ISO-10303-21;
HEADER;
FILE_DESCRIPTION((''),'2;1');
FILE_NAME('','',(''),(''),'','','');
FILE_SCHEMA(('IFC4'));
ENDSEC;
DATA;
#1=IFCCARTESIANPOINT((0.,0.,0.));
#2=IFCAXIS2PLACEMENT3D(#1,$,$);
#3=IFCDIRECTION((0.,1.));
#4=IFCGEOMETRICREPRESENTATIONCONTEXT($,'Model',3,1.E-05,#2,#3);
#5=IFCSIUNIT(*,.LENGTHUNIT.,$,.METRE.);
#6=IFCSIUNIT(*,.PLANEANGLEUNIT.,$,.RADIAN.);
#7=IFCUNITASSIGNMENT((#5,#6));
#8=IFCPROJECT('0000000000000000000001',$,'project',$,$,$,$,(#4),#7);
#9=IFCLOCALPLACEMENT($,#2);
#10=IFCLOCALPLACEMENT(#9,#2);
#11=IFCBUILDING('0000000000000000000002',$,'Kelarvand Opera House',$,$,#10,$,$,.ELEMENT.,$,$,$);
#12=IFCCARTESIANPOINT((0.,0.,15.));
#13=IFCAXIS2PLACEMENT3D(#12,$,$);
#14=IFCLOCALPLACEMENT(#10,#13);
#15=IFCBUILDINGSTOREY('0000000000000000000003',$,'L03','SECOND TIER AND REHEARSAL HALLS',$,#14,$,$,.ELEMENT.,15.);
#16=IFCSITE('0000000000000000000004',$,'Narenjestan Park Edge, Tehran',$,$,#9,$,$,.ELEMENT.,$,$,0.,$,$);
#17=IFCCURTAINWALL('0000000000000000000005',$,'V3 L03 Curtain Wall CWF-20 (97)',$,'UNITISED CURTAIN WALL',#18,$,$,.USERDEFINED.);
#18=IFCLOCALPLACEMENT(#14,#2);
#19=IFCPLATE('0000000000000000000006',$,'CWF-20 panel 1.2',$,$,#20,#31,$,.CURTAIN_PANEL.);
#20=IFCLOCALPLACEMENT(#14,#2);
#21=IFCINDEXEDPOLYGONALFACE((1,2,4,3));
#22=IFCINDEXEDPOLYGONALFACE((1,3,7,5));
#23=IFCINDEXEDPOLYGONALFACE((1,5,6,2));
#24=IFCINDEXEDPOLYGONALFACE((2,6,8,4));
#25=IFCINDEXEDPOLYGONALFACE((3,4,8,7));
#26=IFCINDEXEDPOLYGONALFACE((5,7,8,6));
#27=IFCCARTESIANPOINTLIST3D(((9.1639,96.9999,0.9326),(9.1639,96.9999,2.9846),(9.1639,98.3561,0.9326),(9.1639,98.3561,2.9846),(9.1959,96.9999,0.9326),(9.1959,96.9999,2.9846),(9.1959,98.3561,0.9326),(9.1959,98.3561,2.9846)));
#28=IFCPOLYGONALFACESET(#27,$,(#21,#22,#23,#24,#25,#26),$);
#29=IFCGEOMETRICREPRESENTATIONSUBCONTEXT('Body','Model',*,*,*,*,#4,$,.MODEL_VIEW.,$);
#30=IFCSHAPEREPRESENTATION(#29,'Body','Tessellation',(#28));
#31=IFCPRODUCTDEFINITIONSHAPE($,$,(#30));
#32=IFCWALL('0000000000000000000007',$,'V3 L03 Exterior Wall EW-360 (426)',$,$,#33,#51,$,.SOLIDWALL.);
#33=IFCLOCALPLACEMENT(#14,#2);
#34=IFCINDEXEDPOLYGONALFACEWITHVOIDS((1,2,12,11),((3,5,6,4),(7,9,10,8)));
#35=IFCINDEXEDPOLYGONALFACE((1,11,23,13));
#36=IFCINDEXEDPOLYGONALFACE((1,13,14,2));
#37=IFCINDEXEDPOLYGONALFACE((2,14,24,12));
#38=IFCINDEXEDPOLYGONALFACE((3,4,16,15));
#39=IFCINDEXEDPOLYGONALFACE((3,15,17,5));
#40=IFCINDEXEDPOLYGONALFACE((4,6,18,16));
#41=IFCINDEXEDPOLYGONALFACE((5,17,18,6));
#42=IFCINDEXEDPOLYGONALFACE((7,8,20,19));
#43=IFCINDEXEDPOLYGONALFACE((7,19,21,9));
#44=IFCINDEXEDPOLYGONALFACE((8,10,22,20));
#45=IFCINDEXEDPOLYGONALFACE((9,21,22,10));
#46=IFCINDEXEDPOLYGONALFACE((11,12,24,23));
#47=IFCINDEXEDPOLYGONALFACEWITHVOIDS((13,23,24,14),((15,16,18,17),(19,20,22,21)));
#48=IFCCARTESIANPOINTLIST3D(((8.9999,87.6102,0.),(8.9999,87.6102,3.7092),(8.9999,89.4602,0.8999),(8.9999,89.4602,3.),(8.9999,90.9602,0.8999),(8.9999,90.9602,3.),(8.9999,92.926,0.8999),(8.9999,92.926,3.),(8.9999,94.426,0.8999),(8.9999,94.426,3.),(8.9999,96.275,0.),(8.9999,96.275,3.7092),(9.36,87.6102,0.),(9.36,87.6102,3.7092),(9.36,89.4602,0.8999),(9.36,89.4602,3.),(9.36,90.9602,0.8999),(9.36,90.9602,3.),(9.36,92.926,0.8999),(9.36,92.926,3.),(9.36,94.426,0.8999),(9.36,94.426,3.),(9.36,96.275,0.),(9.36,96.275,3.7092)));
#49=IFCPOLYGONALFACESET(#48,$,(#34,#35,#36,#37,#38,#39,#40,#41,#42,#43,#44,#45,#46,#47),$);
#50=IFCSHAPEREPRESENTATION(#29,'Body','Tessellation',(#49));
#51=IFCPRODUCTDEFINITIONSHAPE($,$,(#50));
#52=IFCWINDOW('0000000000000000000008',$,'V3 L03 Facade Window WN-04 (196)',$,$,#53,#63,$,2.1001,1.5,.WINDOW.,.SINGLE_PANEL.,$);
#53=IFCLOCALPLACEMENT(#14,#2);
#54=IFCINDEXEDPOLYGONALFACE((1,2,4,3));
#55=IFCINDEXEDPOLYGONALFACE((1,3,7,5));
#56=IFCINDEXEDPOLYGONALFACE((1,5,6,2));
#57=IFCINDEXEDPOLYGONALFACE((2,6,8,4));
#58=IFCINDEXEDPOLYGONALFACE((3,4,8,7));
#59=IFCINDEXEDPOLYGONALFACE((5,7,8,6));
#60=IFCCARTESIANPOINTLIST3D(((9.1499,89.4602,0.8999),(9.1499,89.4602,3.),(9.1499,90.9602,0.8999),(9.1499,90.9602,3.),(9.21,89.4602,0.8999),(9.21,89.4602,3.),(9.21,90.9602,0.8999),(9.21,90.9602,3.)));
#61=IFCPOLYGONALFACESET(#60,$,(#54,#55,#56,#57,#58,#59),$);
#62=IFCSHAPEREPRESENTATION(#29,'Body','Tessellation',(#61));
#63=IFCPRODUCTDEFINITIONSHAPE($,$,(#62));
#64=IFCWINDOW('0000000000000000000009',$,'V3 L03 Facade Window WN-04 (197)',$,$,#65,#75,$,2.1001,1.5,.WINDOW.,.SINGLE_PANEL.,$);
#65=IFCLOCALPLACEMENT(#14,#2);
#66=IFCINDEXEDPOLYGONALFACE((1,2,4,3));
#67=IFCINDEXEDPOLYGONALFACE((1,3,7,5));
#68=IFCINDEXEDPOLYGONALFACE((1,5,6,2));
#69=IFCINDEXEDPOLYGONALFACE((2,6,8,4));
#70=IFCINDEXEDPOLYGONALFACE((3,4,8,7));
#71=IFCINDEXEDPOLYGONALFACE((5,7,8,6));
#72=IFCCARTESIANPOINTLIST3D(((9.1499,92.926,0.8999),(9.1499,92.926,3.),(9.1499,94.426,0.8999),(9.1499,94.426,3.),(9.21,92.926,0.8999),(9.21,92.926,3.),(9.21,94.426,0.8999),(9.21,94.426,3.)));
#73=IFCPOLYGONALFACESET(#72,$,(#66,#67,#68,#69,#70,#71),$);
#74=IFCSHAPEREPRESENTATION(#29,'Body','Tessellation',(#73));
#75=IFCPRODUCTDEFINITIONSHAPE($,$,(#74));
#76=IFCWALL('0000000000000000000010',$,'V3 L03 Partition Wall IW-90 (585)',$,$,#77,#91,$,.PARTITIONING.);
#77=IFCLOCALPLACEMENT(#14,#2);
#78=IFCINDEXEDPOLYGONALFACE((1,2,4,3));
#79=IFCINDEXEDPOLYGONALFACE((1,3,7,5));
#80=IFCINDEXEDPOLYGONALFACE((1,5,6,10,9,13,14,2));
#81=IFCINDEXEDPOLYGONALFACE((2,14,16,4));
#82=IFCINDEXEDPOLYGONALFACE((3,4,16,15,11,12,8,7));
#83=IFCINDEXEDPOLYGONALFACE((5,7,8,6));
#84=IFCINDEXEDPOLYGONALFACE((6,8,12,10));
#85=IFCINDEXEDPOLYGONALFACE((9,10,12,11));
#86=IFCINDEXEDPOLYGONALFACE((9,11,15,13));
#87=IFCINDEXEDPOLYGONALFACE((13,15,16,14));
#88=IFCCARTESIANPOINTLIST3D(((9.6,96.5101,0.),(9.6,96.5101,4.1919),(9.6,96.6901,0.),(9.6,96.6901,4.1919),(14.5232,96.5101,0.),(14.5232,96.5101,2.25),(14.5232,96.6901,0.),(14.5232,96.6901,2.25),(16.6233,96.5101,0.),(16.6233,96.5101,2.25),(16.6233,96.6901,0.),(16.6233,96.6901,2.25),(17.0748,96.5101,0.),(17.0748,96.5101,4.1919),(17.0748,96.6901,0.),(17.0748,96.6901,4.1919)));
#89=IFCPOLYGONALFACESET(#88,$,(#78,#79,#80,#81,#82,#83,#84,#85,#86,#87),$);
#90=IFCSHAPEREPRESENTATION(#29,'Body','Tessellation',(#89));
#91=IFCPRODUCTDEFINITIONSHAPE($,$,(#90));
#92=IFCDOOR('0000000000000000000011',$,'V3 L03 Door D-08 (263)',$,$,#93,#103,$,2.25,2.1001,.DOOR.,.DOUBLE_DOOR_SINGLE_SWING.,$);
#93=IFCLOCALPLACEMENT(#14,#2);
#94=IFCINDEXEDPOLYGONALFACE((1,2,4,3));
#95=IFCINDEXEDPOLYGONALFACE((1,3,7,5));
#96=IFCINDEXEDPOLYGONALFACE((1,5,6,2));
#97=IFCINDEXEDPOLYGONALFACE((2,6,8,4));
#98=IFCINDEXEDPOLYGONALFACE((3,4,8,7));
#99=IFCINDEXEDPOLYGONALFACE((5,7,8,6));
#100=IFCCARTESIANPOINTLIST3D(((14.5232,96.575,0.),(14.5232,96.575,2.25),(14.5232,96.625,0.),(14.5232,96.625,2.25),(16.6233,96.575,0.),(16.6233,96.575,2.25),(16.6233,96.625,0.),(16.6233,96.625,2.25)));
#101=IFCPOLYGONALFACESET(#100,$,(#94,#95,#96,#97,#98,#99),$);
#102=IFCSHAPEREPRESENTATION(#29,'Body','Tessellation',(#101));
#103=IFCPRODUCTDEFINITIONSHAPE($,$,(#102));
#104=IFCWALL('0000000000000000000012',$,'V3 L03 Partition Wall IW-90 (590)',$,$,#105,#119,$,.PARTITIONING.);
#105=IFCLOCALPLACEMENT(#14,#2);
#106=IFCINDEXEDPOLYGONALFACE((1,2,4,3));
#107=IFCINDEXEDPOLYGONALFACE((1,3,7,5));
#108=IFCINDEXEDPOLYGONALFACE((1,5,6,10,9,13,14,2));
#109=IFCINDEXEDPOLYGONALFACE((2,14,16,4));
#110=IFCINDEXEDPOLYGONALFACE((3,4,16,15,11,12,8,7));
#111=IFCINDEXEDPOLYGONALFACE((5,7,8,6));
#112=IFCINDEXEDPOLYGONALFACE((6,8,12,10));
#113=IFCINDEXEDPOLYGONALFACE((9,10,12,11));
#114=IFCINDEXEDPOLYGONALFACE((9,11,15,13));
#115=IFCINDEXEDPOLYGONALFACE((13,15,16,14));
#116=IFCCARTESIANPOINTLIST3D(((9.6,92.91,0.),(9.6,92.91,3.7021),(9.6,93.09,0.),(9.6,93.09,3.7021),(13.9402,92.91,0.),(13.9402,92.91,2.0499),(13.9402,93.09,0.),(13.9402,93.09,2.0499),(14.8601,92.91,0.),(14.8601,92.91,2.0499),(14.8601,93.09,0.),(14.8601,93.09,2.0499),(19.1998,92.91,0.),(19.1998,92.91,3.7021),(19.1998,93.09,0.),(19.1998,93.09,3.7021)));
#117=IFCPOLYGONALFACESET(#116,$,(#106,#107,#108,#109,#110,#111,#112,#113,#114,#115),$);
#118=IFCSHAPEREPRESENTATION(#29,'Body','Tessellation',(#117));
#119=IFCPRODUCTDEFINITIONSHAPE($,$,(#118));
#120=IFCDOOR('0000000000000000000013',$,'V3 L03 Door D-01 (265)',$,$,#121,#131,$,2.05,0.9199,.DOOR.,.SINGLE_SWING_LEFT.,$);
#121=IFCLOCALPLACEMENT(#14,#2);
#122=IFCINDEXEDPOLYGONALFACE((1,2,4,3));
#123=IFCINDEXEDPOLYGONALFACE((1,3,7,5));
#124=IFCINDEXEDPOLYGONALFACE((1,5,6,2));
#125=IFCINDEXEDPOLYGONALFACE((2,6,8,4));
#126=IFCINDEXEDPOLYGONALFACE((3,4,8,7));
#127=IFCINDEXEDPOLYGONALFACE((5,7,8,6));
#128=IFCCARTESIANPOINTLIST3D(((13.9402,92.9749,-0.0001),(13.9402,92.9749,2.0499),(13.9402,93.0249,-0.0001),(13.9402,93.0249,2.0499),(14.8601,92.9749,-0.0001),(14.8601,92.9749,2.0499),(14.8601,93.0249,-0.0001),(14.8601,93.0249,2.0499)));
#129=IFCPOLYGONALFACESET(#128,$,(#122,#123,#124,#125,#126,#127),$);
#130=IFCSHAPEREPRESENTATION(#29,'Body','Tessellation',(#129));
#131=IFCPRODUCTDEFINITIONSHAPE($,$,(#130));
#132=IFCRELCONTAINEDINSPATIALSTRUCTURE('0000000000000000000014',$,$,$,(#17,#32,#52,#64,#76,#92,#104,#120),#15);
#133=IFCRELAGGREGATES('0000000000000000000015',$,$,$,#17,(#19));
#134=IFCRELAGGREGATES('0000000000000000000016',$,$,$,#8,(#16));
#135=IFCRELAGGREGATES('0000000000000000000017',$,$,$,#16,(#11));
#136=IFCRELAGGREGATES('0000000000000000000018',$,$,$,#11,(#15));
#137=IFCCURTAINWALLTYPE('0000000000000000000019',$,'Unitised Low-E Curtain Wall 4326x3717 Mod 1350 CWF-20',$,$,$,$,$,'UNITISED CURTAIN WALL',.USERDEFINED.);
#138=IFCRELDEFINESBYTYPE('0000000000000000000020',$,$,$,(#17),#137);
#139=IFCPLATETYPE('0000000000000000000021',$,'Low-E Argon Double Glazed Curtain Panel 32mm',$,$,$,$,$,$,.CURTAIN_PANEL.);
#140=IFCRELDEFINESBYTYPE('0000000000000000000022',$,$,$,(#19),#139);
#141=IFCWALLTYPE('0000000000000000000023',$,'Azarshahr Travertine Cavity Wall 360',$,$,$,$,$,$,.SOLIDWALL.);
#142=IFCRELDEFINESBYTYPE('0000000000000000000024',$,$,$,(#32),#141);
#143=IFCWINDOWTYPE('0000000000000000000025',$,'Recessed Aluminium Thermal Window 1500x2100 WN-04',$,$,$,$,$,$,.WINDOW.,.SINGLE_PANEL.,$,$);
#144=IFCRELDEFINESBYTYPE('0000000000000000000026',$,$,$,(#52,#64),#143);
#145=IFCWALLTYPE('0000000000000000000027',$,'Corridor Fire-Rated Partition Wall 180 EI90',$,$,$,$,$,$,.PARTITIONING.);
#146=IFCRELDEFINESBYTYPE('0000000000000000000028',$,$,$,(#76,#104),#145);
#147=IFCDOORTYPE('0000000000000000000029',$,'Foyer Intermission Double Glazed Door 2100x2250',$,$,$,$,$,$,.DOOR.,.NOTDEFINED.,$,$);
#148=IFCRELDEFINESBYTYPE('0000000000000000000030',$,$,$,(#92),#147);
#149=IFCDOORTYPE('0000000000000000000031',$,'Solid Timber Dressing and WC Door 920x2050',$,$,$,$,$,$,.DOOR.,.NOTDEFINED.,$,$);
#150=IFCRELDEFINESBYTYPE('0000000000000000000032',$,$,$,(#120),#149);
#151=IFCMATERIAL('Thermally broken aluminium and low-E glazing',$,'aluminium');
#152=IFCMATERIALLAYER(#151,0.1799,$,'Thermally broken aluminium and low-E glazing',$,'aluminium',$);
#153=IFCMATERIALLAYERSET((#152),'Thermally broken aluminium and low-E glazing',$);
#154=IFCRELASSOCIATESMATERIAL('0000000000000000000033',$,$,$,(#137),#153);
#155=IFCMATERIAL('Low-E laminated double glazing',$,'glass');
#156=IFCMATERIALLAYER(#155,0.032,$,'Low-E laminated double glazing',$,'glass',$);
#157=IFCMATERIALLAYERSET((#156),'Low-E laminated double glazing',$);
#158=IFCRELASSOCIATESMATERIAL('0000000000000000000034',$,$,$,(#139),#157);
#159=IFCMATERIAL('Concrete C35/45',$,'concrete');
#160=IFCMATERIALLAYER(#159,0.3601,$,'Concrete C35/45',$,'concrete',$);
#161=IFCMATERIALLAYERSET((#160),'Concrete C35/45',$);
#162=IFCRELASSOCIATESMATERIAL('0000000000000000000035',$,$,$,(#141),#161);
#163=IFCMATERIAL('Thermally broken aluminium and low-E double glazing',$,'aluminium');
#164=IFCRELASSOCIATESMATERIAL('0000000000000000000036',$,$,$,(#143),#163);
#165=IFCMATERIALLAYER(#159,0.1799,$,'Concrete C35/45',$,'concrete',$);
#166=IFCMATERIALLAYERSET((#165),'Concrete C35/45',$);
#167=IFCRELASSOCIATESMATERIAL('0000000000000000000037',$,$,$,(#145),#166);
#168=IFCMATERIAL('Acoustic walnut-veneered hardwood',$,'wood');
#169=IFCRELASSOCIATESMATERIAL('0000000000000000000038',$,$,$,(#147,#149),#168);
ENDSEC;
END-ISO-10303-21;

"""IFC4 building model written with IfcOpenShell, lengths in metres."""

from ifc_helpers import new_model, si_unit, direction, frame, frame_2d, origin, origin_2d, place, context, subcontext, project, spatial, rectangle, extrude, material, layer, layer_set, type_object, element, fill, aggregate, save


model = new_model("IFC4")

# Units and contexts
model_context = context("Model", 3, precision=1e-05, world=origin(), true_north=direction((0.0, 1.0)))
body_context = subcontext(model_context, "Body", "Model", "MODEL_VIEW")
ifc_project = project(units=[si_unit("LENGTHUNIT", "METRE"), si_unit("PLANEANGLEUNIT", "RADIAN")], contexts=[model_context])

# Site, building, storey
site_placement = place(None, origin())
site = spatial("IfcSite", under=ifc_project, at=site_placement, Name="Narenjestan Park Edge, Tehran", CompositionType="ELEMENT", RefElevation=0.0)
building_placement = place(site_placement, origin())
building = spatial("IfcBuilding", under=site, at=building_placement, Name="Kelarvand Opera House", CompositionType="ELEMENT")
storey_placement = place(building_placement, frame((0.0, 0.0, 15.0)))
storey = spatial("IfcBuildingStorey", under=building, at=storey_placement, Name="L03", Description="SECOND TIER AND REHEARSAL HALLS", CompositionType="ELEMENT", Elevation=15.0)

# Curtain wall
ifc_material_1 = material(Name="Thermally broken aluminium and low-E glazing", Category="aluminium")
ifc_layer_1 = layer(ifc_material_1, 0.1799, Name="Thermally broken aluminium and low-E glazing", Category="aluminium")
ifc_layer_set_1 = layer_set([ifc_layer_1], Name="Thermally broken aluminium and low-E glazing")
curtain_wall_type = type_object("IfcCurtainWallType", Name="Unitised Low-E Curtain Wall 4326x3717 Mod 1350 CWF-20", ElementType="UNITISED CURTAIN WALL", PredefinedType="USERDEFINED", material=ifc_layer_set_1)
curtain_wall_placement = place(storey_placement, origin())
curtain_wall = element("IfcCurtainWall", 1, at=curtain_wall_placement, inside=storey, type_object=curtain_wall_type, Name="V3 L03 Curtain Wall CWF-20 (97)", ObjectType="UNITISED CURTAIN WALL", PredefinedType="USERDEFINED")

# Plate
ifc_material_2 = material(Name="Low-E laminated double glazing", Category="glass")
ifc_layer_2 = layer(ifc_material_2, 0.032, Name="Low-E laminated double glazing", Category="glass")
ifc_layer_set_2 = layer_set([ifc_layer_2], Name="Low-E laminated double glazing")
plate_type = type_object("IfcPlateType", Name="Low-E Argon Double Glazed Curtain Panel 32mm", PredefinedType="CURTAIN_PANEL", material=ifc_layer_set_2)
plate_1_placement = place(storey_placement, frame((9.1799, 97.678, 0.9326), z_axis=(0.0, 0.0, 1.0), x_axis=(0.0, 1.0, 0.0)))
plate_1 = element("IfcPlate", 2, at=plate_1_placement, type_object=plate_type, Name="CWF-20 panel 1.2", PredefinedType="CURTAIN_PANEL", context=body_context, shape_type="SweptSolid", body=[
    extrude(rectangle(XDim=1.3562, YDim=0.032, at=origin_2d()), origin(), (0.0, 0.0, 1.0), 2.052),
])
aggregate(curtain_wall, [plate_1])

# Wall, openings, windows
ifc_material_3 = material(Name="Concrete C35/45", Category="concrete")
ifc_layer_3 = layer(ifc_material_3, 0.3601, Name="Concrete C35/45", Category="concrete")
ifc_layer_set_3 = layer_set([ifc_layer_3], Name="Concrete C35/45")
wall_type_1 = type_object("IfcWallType", Name="Azarshahr Travertine Cavity Wall 360", PredefinedType="SOLIDWALL", material=ifc_layer_set_3)
wall_1_placement = place(storey_placement, frame((9.1799, 87.6101, 0.0), z_axis=(0.0, 0.0, 1.0), x_axis=(0.0, 1.0, 0.0)))
wall_1 = element("IfcWall", 3, at=wall_1_placement, inside=storey, type_object=wall_type_1, Name="V3 L03 Exterior Wall EW-360 (426)", PredefinedType="SOLIDWALL", context=body_context, shape_type="SweptSolid", body=[
    extrude(rectangle(XDim=8.6648, YDim=0.3601, at=frame_2d((4.3325, 0.0))), origin(), (0.0, 0.0, 1.0), 3.7092),
])
opening_1_placement = place(wall_1_placement, frame((1.8501, 0.0, 0.8999)))
opening_1 = element("IfcOpeningElement", 4, at=opening_1_placement, cuts=wall_1, PredefinedType="OPENING", context=body_context, shape_type="SweptSolid", body=[
    extrude(rectangle(XDim=1.5, YDim=2.1001, at=frame_2d((0.75, 1.05))), frame((0.0, 0.1899, 0.0), z_axis=(0.0, -1.0, 0.0), x_axis=(1.0, 0.0, 0.0)), (0.0, 0.0, 1.0), 0.3801),
])
opening_2_placement = place(wall_1_placement, frame((5.3159, 0.0, 0.8999)))
opening_2 = element("IfcOpeningElement", 5, at=opening_2_placement, cuts=wall_1, PredefinedType="OPENING", context=body_context, shape_type="SweptSolid", body=[
    extrude(rectangle(XDim=1.5, YDim=2.1001, at=frame_2d((0.75, 1.05))), frame((0.0, 0.1899, 0.0), z_axis=(0.0, -1.0, 0.0), x_axis=(1.0, 0.0, 0.0)), (0.0, 0.0, 1.0), 0.3801),
])
ifc_material_4 = material(Name="Thermally broken aluminium and low-E double glazing", Category="aluminium")
window_type = type_object("IfcWindowType", Name="Recessed Aluminium Thermal Window 1500x2100 WN-04", PartitioningType="SINGLE_PANEL", PredefinedType="WINDOW", material=ifc_material_4)
window_1_placement = place(opening_1_placement, origin())
window_1 = element("IfcWindow", 6, at=window_1_placement, inside=storey, type_object=window_type, Name="V3 L03 Facade Window WN-04 (196)", OverallHeight=2.1001, OverallWidth=1.5, PartitioningType="SINGLE_PANEL", PredefinedType="WINDOW", context=body_context, shape_type="SweptSolid", body=[
    extrude(rectangle(XDim=1.5, YDim=2.1001, at=frame_2d((0.75, 1.05))), frame((0.0, 0.03, 0.0), z_axis=(0.0, -1.0, 0.0), x_axis=(1.0, 0.0, 0.0)), (0.0, 0.0, 1.0), 0.0601),
])
fill(opening_1, window_1)
window_2_placement = place(opening_2_placement, origin())
window_2 = element("IfcWindow", 7, at=window_2_placement, inside=storey, type_object=window_type, Name="V3 L03 Facade Window WN-04 (197)", OverallHeight=2.1001, OverallWidth=1.5, PartitioningType="SINGLE_PANEL", PredefinedType="WINDOW", context=body_context, shape_type="SweptSolid", body=[
    extrude(rectangle(XDim=1.5, YDim=2.1001, at=frame_2d((0.75, 1.05))), frame((0.0, 0.03, 0.0), z_axis=(0.0, -1.0, 0.0), x_axis=(1.0, 0.0, 0.0)), (0.0, 0.0, 1.0), 0.0601),
])
fill(opening_2, window_2)

# Walls, openings, doors
ifc_layer_4 = layer(ifc_material_3, 0.1799, Name="Concrete C35/45", Category="concrete")
ifc_layer_set_4 = layer_set([ifc_layer_4], Name="Concrete C35/45")
wall_type_2 = type_object("IfcWallType", Name="Corridor Fire-Rated Partition Wall 180 EI90", PredefinedType="PARTITIONING", material=ifc_layer_set_4)
wall_2_placement = place(storey_placement, frame((9.6001, 96.6001, 0.0), z_axis=(0.0, 0.0, 1.0), x_axis=(1.0, 0.0, 0.0)))
wall_2 = element("IfcWall", 8, at=wall_2_placement, inside=storey, type_object=wall_type_2, Name="V3 L03 Partition Wall IW-90 (585)", PredefinedType="PARTITIONING", context=body_context, shape_type="SweptSolid", body=[
    extrude(rectangle(XDim=7.4749, YDim=0.1799, at=frame_2d((3.7373, 0.0))), origin(), (0.0, 0.0, 1.0), 4.1919),
])
opening_3_placement = place(wall_2_placement, frame((4.9231, 0.0, 0.0)))
opening_3 = element("IfcOpeningElement", 9, at=opening_3_placement, cuts=wall_2, PredefinedType="OPENING", context=body_context, shape_type="SweptSolid", body=[
    extrude(rectangle(XDim=2.1001, YDim=2.25, at=frame_2d((1.05, 1.125))), frame((0.0, 0.1001, 0.0), z_axis=(0.0, -1.0, 0.0), x_axis=(1.0, 0.0, 0.0)), (0.0, 0.0, 1.0), 0.2),
])
ifc_material_5 = material(Name="Acoustic walnut-veneered hardwood", Category="wood")
door_type_1 = type_object("IfcDoorType", Name="Foyer Intermission Double Glazed Door 2100x2250", OperationType="NOTDEFINED", PredefinedType="DOOR", material=ifc_material_5)
door_1_placement = place(opening_3_placement, origin())
door_1 = element("IfcDoor", 10, at=door_1_placement, inside=storey, type_object=door_type_1, Name="V3 L03 Door D-08 (263)", OperationType="DOUBLE_DOOR_SINGLE_SWING", OverallHeight=2.25, OverallWidth=2.1001, PredefinedType="DOOR", context=body_context, shape_type="SweptSolid", body=[
    extrude(rectangle(XDim=2.1001, YDim=2.25, at=frame_2d((1.05, 1.125))), frame((0.0, 0.0249, 0.0), z_axis=(0.0, -1.0, 0.0), x_axis=(1.0, 0.0, 0.0)), (0.0, 0.0, 1.0), 0.05),
])
fill(opening_3, door_1)
wall_3_placement = place(storey_placement, frame((9.6001, 93.0, 0.0), z_axis=(0.0, 0.0, 1.0), x_axis=(1.0, 0.0, 0.0)))
wall_3 = element("IfcWall", 11, at=wall_3_placement, inside=storey, type_object=wall_type_2, Name="V3 L03 Partition Wall IW-90 (590)", PredefinedType="PARTITIONING", context=body_context, shape_type="SweptSolid", body=[
    extrude(rectangle(XDim=9.5999, YDim=0.1799, at=frame_2d((4.7998, 0.0))), origin(), (0.0, 0.0, 1.0), 3.7021),
])
opening_4_placement = place(wall_3_placement, frame((4.3401, 0.0, 0.0)))
opening_4 = element("IfcOpeningElement", 12, at=opening_4_placement, cuts=wall_3, PredefinedType="OPENING", context=body_context, shape_type="SweptSolid", body=[
    extrude(rectangle(XDim=0.9199, YDim=2.05, at=frame_2d((0.46, 1.0249))), frame((0.0, 0.1001, 0.0), z_axis=(0.0, -1.0, 0.0), x_axis=(1.0, 0.0, 0.0)), (0.0, 0.0, 1.0), 0.2),
])
door_type_2 = type_object("IfcDoorType", Name="Solid Timber Dressing and WC Door 920x2050", OperationType="NOTDEFINED", PredefinedType="DOOR", material=ifc_material_5)
door_2_placement = place(opening_4_placement, origin())
door_2 = element("IfcDoor", 13, at=door_2_placement, inside=storey, type_object=door_type_2, Name="V3 L03 Door D-01 (265)", OperationType="SINGLE_SWING_LEFT", OverallHeight=2.05, OverallWidth=0.9199, PredefinedType="DOOR", context=body_context, shape_type="SweptSolid", body=[
    extrude(rectangle(XDim=0.9199, YDim=2.05, at=frame_2d((0.46, 1.0249))), frame((0.0, 0.0249, 0.0), z_axis=(0.0, -1.0, 0.0), x_axis=(1.0, 0.0, 0.0)), (0.0, 0.0, 1.0), 0.05),
])
fill(opening_4, door_2)

save(model, "model.ifc")
